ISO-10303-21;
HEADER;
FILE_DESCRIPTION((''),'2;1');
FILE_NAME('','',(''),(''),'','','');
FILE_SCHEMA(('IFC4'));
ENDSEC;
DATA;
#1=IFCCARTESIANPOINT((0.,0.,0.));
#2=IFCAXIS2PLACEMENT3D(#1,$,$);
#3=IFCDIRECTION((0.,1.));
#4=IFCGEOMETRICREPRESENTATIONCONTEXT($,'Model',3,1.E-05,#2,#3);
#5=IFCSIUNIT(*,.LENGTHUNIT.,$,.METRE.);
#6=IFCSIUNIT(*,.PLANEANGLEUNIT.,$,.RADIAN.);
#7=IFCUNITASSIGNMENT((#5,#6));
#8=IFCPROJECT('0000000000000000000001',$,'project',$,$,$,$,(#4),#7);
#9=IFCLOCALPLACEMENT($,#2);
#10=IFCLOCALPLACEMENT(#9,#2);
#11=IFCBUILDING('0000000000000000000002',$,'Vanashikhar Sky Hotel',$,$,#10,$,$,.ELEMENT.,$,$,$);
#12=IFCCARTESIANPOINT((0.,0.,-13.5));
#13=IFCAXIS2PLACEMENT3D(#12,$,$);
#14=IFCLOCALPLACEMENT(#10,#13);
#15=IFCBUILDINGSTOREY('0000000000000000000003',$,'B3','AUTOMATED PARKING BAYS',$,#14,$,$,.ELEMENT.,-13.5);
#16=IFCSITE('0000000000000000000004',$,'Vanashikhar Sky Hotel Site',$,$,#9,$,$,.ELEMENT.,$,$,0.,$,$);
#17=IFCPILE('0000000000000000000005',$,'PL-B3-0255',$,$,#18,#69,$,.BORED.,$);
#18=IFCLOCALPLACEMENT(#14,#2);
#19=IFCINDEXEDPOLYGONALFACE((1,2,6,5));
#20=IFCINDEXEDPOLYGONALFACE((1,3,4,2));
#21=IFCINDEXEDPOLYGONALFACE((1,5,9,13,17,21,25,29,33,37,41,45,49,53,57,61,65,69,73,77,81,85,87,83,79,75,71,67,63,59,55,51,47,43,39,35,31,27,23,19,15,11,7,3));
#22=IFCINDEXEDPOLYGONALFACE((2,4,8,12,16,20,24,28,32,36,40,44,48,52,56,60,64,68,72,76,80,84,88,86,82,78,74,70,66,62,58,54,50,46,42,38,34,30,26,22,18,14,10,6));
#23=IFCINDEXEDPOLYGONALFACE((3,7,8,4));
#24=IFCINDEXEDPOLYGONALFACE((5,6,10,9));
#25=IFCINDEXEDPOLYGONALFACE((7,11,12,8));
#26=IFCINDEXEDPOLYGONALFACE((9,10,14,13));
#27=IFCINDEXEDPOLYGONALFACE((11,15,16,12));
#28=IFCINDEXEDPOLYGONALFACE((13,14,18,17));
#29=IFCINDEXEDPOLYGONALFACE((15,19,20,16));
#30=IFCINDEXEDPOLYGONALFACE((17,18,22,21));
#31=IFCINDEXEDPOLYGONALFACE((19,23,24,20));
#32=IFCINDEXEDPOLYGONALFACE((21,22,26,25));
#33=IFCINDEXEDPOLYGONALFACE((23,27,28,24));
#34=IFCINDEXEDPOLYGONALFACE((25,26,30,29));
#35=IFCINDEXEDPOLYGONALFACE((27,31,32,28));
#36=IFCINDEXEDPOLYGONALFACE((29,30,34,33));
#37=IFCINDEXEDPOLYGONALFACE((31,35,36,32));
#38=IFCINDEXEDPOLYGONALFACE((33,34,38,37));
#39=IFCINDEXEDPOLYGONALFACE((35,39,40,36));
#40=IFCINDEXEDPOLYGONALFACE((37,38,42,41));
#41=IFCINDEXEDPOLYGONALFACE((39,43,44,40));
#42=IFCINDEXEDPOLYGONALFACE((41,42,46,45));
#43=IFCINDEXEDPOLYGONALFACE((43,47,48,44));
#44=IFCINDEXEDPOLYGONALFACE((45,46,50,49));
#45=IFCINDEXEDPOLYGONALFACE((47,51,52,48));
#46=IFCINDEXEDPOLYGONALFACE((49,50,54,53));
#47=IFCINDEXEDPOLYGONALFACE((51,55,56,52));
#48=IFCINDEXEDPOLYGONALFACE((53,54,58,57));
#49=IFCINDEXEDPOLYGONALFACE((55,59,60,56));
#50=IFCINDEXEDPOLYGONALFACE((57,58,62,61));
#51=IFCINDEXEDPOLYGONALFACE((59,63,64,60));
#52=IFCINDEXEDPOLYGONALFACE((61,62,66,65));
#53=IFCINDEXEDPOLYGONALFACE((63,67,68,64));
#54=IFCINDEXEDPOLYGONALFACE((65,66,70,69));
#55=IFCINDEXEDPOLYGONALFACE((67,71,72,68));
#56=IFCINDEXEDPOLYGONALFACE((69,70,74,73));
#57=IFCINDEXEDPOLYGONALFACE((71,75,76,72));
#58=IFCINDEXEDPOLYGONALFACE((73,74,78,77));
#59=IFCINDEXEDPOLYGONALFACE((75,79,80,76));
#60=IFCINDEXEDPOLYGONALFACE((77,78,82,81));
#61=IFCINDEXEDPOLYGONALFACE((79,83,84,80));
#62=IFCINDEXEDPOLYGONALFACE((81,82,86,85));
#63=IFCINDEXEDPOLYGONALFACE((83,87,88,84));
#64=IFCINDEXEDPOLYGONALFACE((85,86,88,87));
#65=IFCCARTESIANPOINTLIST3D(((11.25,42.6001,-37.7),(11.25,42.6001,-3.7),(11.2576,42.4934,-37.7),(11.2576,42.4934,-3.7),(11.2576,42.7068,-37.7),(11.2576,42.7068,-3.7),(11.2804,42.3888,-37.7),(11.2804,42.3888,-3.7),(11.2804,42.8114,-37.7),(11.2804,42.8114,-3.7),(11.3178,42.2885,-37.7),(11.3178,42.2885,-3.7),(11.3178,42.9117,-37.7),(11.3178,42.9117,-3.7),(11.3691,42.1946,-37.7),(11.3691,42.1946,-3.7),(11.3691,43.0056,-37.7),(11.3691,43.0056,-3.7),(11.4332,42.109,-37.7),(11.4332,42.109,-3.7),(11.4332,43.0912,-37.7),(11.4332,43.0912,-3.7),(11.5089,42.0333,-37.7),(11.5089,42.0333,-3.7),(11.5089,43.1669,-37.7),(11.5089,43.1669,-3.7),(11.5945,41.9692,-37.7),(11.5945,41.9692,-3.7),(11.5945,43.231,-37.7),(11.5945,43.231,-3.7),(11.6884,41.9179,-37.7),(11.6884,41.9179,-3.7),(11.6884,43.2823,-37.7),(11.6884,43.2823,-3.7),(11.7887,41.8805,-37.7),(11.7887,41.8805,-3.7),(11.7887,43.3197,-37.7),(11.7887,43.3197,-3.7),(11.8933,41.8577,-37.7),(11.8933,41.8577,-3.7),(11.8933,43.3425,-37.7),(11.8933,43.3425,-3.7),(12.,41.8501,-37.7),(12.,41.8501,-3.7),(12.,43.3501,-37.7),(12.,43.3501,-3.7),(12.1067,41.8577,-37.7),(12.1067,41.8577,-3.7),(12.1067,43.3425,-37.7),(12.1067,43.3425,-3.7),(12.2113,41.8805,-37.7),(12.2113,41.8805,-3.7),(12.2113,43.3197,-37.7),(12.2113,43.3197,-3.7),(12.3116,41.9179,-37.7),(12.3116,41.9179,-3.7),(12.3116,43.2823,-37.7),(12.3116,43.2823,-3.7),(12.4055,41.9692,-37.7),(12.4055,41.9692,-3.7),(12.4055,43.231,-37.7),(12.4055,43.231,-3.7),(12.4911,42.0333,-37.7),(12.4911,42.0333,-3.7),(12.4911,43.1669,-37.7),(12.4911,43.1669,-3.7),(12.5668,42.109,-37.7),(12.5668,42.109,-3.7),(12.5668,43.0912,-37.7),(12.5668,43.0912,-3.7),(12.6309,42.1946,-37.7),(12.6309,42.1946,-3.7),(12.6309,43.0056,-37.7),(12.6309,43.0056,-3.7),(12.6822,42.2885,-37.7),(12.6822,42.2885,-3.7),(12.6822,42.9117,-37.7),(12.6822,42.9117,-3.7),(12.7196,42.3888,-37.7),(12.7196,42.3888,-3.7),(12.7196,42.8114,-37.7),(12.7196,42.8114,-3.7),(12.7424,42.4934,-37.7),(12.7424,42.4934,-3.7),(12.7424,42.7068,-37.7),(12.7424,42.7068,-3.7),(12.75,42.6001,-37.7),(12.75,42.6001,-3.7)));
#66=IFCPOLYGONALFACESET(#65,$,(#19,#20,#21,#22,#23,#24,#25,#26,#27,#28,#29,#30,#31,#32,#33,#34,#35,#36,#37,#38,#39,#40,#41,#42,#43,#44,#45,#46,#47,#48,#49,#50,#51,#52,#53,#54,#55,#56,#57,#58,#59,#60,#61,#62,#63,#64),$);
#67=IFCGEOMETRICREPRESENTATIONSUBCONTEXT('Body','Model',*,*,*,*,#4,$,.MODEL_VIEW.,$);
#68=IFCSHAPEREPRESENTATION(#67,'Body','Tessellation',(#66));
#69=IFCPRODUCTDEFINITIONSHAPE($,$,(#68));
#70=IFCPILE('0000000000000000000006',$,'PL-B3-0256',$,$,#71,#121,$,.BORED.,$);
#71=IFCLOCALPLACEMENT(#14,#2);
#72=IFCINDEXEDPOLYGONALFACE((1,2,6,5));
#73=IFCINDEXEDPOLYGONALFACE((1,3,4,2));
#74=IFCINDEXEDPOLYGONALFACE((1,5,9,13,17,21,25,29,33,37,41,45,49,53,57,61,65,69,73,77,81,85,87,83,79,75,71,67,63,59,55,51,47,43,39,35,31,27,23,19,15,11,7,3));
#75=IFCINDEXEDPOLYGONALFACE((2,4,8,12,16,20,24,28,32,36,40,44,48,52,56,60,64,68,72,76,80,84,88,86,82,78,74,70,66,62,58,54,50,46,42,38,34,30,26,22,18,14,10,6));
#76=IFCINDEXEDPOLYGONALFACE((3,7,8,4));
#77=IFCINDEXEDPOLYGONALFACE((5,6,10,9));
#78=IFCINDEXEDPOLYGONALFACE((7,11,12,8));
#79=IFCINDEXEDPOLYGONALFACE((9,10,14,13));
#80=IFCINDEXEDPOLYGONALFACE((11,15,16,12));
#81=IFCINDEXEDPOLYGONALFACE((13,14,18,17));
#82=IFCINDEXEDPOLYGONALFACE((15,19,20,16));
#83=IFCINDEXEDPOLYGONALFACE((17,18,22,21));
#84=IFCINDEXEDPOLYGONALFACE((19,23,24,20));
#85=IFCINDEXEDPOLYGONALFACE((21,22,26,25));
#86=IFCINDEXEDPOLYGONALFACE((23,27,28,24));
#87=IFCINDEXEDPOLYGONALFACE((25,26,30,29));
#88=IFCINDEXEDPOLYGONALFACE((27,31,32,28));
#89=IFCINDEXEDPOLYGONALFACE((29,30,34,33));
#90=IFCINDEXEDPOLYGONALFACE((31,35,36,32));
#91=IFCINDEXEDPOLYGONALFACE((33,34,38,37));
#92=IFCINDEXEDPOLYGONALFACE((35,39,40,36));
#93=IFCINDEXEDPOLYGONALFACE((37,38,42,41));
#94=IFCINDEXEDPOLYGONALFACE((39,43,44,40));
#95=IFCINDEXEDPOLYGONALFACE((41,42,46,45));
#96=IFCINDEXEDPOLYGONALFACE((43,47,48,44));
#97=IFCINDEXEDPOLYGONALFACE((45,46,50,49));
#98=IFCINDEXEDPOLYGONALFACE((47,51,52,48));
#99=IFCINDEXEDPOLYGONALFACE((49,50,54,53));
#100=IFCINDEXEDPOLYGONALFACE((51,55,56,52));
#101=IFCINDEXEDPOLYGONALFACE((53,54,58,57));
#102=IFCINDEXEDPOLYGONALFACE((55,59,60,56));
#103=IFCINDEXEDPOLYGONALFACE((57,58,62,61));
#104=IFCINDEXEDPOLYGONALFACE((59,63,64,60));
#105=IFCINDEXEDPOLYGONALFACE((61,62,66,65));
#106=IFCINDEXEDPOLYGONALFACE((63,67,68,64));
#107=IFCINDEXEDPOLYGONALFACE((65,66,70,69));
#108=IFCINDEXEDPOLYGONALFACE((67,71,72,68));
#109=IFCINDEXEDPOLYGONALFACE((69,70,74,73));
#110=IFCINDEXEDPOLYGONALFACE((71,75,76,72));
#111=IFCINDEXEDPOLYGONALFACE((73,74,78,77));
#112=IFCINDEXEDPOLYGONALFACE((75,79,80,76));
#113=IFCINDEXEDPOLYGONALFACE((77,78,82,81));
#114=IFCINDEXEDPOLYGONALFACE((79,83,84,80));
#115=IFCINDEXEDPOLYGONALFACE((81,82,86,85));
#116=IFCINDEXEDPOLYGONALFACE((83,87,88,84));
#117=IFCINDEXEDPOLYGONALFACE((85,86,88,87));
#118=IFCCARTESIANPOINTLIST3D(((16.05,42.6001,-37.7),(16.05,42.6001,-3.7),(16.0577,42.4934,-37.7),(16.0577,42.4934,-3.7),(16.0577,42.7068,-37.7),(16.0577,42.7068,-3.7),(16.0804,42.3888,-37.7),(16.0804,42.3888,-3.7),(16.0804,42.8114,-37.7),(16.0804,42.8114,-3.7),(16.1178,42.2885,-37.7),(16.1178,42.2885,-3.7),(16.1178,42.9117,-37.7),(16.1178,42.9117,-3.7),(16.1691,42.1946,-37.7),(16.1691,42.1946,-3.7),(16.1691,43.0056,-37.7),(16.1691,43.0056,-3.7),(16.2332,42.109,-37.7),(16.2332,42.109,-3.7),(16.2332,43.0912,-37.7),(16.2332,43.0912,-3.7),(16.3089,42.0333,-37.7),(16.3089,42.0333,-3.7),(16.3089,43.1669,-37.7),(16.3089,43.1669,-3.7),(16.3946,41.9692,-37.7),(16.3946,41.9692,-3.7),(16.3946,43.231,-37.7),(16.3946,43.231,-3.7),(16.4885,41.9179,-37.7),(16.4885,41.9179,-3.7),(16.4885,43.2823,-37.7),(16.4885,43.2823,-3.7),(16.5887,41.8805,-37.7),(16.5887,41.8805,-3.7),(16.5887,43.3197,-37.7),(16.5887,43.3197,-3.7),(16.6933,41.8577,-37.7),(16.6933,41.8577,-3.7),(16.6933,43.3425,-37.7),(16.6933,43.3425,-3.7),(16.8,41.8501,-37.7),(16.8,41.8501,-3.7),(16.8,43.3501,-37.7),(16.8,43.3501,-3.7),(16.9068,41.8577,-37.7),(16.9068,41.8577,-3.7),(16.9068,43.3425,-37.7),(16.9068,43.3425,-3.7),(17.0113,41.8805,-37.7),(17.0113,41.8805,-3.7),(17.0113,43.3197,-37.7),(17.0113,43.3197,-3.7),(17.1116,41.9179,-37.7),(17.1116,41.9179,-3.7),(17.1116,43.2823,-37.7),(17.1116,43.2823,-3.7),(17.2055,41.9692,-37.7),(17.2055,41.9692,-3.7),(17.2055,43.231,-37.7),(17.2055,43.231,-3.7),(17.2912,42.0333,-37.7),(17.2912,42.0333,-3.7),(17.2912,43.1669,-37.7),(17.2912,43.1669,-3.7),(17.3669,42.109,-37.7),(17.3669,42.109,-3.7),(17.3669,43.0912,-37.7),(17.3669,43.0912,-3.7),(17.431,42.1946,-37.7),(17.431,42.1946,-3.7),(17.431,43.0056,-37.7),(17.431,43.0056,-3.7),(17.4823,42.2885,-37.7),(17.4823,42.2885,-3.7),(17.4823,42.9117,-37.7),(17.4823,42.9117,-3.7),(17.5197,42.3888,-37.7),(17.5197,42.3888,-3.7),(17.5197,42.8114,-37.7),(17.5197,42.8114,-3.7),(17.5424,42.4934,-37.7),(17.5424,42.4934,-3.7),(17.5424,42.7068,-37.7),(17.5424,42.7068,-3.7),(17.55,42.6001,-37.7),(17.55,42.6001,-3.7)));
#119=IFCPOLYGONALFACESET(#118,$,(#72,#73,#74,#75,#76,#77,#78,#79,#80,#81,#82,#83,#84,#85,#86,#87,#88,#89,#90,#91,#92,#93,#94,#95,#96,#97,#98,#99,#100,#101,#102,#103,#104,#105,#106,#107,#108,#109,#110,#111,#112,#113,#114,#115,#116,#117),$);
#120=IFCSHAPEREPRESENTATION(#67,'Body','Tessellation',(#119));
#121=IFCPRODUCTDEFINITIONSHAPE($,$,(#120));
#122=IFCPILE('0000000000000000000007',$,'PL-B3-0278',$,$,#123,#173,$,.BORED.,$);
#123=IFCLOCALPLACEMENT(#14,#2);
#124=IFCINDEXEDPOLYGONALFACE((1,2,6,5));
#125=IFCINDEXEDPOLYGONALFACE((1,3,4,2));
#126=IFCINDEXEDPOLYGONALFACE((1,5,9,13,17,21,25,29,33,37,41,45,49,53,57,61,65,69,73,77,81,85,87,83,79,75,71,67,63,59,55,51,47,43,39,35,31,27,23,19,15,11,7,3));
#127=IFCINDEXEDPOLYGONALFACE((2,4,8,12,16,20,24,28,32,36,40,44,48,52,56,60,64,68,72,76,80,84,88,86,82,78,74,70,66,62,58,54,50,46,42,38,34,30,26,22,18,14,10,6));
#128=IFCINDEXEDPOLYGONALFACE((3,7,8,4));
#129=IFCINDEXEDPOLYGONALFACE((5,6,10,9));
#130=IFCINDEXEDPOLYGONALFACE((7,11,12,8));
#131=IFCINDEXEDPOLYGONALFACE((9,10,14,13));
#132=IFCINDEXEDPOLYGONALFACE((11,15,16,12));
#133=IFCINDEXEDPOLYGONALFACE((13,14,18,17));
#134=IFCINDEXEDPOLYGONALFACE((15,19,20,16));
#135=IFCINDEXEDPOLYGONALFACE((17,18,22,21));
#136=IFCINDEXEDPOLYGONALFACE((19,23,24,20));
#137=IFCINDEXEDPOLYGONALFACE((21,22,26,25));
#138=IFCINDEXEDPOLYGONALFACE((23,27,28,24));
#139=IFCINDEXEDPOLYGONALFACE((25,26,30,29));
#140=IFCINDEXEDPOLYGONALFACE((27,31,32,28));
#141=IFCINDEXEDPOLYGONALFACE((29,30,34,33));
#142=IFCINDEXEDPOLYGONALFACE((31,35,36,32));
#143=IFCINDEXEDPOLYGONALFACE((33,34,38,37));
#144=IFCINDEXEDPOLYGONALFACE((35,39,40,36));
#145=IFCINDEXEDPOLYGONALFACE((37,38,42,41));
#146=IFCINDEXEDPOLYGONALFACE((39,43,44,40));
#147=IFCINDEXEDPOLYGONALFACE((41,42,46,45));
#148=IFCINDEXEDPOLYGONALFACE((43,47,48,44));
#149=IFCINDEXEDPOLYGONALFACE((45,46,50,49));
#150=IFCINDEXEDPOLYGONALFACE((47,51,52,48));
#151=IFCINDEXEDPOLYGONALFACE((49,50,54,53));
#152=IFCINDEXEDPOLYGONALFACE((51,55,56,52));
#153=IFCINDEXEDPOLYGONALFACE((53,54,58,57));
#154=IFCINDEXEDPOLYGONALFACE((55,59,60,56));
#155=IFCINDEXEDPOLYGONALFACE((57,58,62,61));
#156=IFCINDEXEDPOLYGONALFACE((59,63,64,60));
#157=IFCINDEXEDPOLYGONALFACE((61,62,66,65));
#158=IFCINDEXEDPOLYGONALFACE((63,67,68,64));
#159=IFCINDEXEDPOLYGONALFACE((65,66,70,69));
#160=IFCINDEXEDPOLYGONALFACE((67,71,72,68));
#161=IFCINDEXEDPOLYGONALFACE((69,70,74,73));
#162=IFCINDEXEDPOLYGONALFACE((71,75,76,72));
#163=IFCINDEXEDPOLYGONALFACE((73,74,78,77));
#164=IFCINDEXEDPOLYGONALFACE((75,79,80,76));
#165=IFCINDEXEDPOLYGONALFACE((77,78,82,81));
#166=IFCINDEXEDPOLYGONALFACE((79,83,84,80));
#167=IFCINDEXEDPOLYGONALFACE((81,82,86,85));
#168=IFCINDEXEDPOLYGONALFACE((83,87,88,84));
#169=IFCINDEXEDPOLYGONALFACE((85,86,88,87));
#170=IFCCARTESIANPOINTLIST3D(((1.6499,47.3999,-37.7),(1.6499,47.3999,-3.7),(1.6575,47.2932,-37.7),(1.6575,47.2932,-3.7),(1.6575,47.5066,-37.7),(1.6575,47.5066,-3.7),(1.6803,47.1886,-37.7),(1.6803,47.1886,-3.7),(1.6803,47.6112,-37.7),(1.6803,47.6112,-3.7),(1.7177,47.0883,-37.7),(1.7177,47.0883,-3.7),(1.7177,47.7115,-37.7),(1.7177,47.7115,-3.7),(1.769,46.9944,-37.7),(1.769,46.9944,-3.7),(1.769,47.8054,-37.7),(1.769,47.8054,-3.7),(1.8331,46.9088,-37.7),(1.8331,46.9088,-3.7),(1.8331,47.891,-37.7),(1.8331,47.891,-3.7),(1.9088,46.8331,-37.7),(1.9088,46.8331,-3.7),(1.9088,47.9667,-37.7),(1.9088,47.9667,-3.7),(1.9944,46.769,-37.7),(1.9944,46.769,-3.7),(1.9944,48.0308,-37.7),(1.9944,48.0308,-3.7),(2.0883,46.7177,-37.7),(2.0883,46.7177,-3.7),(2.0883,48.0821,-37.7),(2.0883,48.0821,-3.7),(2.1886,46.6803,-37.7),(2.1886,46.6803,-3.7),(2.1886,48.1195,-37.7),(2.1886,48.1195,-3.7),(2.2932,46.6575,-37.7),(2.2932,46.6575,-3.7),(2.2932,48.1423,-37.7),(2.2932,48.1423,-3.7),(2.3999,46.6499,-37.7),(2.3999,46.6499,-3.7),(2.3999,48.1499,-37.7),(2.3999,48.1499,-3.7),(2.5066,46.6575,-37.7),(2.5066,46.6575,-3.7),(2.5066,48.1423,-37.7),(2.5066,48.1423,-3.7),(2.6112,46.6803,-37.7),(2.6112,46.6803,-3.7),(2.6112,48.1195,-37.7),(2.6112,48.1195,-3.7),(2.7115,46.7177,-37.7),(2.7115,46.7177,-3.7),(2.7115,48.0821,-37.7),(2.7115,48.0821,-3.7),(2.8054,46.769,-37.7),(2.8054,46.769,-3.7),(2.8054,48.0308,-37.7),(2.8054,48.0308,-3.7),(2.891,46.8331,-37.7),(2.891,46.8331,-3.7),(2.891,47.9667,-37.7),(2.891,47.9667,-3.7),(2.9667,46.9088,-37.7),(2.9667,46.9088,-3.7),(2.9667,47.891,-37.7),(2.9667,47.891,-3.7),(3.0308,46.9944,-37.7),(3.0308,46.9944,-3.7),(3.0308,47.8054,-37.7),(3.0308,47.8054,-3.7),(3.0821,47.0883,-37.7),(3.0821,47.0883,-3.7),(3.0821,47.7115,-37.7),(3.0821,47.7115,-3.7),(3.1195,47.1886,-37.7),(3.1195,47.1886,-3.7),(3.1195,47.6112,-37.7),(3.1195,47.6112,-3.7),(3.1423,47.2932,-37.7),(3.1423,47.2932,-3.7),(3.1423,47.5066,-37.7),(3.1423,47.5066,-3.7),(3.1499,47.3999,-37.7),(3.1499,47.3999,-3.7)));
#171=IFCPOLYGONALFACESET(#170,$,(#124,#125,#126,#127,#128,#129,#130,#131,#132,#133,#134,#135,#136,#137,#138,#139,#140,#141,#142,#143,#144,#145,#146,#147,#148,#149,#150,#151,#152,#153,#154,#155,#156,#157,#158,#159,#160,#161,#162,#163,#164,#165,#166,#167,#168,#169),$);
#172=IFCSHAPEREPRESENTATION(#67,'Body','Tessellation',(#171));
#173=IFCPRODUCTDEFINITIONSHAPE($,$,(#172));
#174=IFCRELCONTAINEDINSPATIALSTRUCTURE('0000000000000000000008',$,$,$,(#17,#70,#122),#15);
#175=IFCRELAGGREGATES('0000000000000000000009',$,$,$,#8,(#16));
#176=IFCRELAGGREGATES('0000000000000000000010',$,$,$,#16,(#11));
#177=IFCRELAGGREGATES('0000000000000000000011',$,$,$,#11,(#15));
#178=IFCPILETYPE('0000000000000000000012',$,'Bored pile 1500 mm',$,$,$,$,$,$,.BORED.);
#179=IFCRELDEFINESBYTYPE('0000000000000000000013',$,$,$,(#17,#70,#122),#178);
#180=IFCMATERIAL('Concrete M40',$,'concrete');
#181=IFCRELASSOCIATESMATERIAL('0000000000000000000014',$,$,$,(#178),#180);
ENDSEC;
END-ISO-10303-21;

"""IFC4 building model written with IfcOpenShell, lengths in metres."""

from ifc_helpers import new_model, si_unit, direction, frame, origin, origin_2d, place, context, subcontext, project, spatial, circle, extrude, source, transform, mapped, material, type_object, element, save


model = new_model("IFC4")

# Units and contexts
model_context = context("Model", 3, precision=1e-05, world=origin(), true_north=direction((0.0, 1.0)))
body_context = subcontext(model_context, "Body", "Model", "MODEL_VIEW")
ifc_project = project(units=[si_unit("LENGTHUNIT", "METRE"), si_unit("PLANEANGLEUNIT", "RADIAN")], contexts=[model_context])

# Site, building, storey
site_placement = place(None, origin())
site = spatial("IfcSite", under=ifc_project, at=site_placement, Name="Vanashikhar Sky Hotel Site", CompositionType="ELEMENT", RefElevation=0.0)
building_placement = place(site_placement, origin())
building = spatial("IfcBuilding", under=site, at=building_placement, Name="Vanashikhar Sky Hotel", CompositionType="ELEMENT")
storey_placement = place(building_placement, frame((0.0, 0.0, -13.5)))
storey = spatial("IfcBuildingStorey", under=building, at=storey_placement, Name="B3", Description="AUTOMATED PARKING BAYS", CompositionType="ELEMENT", Elevation=-13.5)

# Piles
ifc_material_1 = material(Name="Concrete M40", Category="concrete")
pile_type_1 = type_object("IfcPileType", Name="Bored pile 1500 mm", PredefinedType="BORED", material=ifc_material_1)
shared_shape_1 = source(origin(), body_context, "Body", "SweptSolid", [
    extrude(circle(Radius=0.75, at=origin_2d()), origin(), (0.0, 0.0, 1.0), 34.0),
])
for number, where, z_axis, x_axis, name in (
    (1, (12.0, 42.6001, -3.7), (0.0, 0.0, -1.0), (1.0, 0.0, 0.0), "PL-B3-0255"),
    (2, (16.8, 42.6001, -3.7), (0.0, 0.0, -1.0), (1.0, 0.0, 0.0), "PL-B3-0256"),
    (3, (2.3999, 47.3999, -3.7), (0.0, 0.0, -1.0), (1.0, 0.0, 0.0), "PL-B3-0278"),
):
    element("IfcPile", number, at=place(storey_placement, frame(where, z_axis=z_axis, x_axis=x_axis)), inside=storey, type_object=pile_type_1, Name=name, PredefinedType="BORED", context=body_context, shape_type="MappedRepresentation", body=[
        mapped(shared_shape_1, transform((0.0, 0.0, 0.0), scale=1.0)),
    ])

save(model, "model.ifc")
